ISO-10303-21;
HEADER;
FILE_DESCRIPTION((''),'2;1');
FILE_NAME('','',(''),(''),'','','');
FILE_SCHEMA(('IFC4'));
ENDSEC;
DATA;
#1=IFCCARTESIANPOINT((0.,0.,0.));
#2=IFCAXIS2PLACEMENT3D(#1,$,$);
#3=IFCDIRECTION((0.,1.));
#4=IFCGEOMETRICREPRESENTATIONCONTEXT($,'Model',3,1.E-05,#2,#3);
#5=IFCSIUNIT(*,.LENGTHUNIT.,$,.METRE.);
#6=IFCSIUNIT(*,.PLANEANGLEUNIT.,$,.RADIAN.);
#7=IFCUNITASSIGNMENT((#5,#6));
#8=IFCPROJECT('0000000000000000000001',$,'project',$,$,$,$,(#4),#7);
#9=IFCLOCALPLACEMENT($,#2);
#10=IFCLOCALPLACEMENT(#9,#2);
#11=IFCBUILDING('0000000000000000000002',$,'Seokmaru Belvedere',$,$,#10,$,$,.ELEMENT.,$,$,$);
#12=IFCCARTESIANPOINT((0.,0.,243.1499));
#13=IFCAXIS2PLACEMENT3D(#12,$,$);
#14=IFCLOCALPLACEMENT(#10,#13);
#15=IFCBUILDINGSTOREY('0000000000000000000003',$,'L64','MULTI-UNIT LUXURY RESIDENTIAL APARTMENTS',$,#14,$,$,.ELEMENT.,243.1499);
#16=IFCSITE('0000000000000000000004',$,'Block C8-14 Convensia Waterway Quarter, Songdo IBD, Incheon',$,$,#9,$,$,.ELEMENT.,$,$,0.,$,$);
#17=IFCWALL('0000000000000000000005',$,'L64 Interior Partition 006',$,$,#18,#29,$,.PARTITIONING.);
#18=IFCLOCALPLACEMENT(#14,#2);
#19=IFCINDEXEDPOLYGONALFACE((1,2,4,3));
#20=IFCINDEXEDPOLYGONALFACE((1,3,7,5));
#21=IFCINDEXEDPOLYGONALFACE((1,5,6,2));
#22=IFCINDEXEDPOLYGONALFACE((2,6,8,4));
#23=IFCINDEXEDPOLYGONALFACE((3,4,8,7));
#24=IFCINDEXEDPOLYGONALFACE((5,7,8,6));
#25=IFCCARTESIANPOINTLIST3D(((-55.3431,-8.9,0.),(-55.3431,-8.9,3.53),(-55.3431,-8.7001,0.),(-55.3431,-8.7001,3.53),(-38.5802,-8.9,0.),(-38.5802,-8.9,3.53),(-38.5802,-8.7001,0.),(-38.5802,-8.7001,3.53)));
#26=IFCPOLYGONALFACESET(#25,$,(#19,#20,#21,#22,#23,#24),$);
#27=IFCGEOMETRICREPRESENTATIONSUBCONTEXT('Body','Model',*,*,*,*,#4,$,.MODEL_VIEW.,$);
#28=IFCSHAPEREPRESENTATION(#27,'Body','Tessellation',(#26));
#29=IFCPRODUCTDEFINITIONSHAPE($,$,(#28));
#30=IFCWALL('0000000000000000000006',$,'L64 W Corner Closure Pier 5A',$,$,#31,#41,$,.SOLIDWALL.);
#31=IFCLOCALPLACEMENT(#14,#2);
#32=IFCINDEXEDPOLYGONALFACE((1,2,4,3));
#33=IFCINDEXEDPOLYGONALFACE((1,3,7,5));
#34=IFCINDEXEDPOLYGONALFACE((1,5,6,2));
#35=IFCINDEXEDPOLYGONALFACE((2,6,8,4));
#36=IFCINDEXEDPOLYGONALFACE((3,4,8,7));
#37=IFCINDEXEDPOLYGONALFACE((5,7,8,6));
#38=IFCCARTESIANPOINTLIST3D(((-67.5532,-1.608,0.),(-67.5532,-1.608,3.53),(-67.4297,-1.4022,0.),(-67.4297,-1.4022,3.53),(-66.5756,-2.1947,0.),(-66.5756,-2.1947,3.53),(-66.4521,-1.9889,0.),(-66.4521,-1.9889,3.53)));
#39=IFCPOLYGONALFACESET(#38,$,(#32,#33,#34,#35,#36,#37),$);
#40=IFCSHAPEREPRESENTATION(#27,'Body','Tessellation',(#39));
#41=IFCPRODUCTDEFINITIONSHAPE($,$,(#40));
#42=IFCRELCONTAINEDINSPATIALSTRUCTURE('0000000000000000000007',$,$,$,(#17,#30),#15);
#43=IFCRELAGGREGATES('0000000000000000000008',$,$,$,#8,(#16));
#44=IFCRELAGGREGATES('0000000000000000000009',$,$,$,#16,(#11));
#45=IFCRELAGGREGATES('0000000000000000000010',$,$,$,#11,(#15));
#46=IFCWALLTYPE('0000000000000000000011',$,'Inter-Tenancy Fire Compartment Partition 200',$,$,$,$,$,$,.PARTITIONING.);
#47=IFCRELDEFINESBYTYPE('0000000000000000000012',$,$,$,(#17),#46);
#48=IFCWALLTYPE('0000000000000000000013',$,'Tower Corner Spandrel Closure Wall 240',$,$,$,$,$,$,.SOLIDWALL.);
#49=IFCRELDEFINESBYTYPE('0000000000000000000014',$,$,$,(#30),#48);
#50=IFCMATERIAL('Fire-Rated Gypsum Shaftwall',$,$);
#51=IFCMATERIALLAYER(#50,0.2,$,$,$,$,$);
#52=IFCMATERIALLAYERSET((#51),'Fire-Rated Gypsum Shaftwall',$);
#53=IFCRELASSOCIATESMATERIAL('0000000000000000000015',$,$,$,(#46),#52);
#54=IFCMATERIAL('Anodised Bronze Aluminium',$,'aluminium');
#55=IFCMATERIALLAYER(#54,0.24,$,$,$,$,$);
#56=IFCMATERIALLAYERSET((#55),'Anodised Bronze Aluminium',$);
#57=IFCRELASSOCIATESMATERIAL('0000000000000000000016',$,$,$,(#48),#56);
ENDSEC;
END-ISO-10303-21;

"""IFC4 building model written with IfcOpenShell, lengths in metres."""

from ifc_helpers import new_model, si_unit, direction, frame, frame_2d, origin, place, context, subcontext, project, spatial, rectangle, extrude, material, layer, layer_set, type_object, element, save


model = new_model("IFC4")

# Units and contexts
model_context = context("Model", 3, precision=1e-05, world=origin(), true_north=direction((0.0, 1.0)))
body_context = subcontext(model_context, "Body", "Model", "MODEL_VIEW")
ifc_project = project(units=[si_unit("LENGTHUNIT", "METRE"), si_unit("PLANEANGLEUNIT", "RADIAN")], contexts=[model_context])

# Site, building, storey
site_placement = place(None, origin())
site = spatial("IfcSite", under=ifc_project, at=site_placement, Name="Block C8-14 Convensia Waterway Quarter, Songdo IBD, Incheon", CompositionType="ELEMENT", RefElevation=0.0)
building_placement = place(site_placement, origin())
building = spatial("IfcBuilding", under=site, at=building_placement, Name="Seokmaru Belvedere", CompositionType="ELEMENT")
storey_placement = place(building_placement, frame((0.0, 0.0, 243.1499)))
storey = spatial("IfcBuildingStorey", under=building, at=storey_placement, Name="L64", Description="MULTI-UNIT LUXURY RESIDENTIAL APARTMENTS", CompositionType="ELEMENT", Elevation=243.1499)

# Shared definitions
ifc_material_1 = material(Name="Anodised Bronze Aluminium", Category="aluminium")

# Shared definitions
ifc_material_2 = material(Name="Fire-Rated Gypsum Shaftwall")

# Walls
ifc_layer_1 = layer(ifc_material_2, 0.2)
ifc_layer_set_1 = layer_set([ifc_layer_1], Name="Fire-Rated Gypsum Shaftwall")
wall_type_1 = type_object("IfcWallType", Name="Inter-Tenancy Fire Compartment Partition 200", PredefinedType="PARTITIONING", material=ifc_layer_set_1)
wall_1_placement = place(storey_placement, frame((-55.343, -8.8, 0.0), z_axis=(0.0, 0.0, 1.0), x_axis=(1.0, 0.0, 0.0)))
element("IfcWall", 1, at=wall_1_placement, inside=storey, type_object=wall_type_1, Name="L64 Interior Partition 006", PredefinedType="PARTITIONING", context=body_context, shape_type="SweptSolid", body=[
    extrude(rectangle(XDim=16.7629, YDim=0.2, at=frame_2d((8.3813, 0.0))), origin(), (0.0, 0.0, 1.0), 3.53),
])
ifc_layer_2 = layer(ifc_material_1, 0.24)
ifc_layer_set_2 = layer_set([ifc_layer_2], Name="Anodised Bronze Aluminium")
wall_type_2 = type_object("IfcWallType", Name="Tower Corner Spandrel Closure Wall 240", PredefinedType="SOLIDWALL", material=ifc_layer_set_2)
wall_2_placement = place(storey_placement, frame((-67.4915, -1.5051, 0.0), z_axis=(0.0, 0.0, 1.0), x_axis=(0.857436, -0.51459, 0.0)))
element("IfcWall", 2, at=wall_2_placement, inside=storey, type_object=wall_type_2, Name="L64 W Corner Closure Pier 5A", PredefinedType="SOLIDWALL", context=body_context, shape_type="SweptSolid", body=[
    extrude(rectangle(XDim=1.1401, YDim=0.24, at=frame_2d((0.5701, 0.0))), origin(), (0.0, 0.0, 1.0), 3.53),
])

save(model, "model.ifc")
